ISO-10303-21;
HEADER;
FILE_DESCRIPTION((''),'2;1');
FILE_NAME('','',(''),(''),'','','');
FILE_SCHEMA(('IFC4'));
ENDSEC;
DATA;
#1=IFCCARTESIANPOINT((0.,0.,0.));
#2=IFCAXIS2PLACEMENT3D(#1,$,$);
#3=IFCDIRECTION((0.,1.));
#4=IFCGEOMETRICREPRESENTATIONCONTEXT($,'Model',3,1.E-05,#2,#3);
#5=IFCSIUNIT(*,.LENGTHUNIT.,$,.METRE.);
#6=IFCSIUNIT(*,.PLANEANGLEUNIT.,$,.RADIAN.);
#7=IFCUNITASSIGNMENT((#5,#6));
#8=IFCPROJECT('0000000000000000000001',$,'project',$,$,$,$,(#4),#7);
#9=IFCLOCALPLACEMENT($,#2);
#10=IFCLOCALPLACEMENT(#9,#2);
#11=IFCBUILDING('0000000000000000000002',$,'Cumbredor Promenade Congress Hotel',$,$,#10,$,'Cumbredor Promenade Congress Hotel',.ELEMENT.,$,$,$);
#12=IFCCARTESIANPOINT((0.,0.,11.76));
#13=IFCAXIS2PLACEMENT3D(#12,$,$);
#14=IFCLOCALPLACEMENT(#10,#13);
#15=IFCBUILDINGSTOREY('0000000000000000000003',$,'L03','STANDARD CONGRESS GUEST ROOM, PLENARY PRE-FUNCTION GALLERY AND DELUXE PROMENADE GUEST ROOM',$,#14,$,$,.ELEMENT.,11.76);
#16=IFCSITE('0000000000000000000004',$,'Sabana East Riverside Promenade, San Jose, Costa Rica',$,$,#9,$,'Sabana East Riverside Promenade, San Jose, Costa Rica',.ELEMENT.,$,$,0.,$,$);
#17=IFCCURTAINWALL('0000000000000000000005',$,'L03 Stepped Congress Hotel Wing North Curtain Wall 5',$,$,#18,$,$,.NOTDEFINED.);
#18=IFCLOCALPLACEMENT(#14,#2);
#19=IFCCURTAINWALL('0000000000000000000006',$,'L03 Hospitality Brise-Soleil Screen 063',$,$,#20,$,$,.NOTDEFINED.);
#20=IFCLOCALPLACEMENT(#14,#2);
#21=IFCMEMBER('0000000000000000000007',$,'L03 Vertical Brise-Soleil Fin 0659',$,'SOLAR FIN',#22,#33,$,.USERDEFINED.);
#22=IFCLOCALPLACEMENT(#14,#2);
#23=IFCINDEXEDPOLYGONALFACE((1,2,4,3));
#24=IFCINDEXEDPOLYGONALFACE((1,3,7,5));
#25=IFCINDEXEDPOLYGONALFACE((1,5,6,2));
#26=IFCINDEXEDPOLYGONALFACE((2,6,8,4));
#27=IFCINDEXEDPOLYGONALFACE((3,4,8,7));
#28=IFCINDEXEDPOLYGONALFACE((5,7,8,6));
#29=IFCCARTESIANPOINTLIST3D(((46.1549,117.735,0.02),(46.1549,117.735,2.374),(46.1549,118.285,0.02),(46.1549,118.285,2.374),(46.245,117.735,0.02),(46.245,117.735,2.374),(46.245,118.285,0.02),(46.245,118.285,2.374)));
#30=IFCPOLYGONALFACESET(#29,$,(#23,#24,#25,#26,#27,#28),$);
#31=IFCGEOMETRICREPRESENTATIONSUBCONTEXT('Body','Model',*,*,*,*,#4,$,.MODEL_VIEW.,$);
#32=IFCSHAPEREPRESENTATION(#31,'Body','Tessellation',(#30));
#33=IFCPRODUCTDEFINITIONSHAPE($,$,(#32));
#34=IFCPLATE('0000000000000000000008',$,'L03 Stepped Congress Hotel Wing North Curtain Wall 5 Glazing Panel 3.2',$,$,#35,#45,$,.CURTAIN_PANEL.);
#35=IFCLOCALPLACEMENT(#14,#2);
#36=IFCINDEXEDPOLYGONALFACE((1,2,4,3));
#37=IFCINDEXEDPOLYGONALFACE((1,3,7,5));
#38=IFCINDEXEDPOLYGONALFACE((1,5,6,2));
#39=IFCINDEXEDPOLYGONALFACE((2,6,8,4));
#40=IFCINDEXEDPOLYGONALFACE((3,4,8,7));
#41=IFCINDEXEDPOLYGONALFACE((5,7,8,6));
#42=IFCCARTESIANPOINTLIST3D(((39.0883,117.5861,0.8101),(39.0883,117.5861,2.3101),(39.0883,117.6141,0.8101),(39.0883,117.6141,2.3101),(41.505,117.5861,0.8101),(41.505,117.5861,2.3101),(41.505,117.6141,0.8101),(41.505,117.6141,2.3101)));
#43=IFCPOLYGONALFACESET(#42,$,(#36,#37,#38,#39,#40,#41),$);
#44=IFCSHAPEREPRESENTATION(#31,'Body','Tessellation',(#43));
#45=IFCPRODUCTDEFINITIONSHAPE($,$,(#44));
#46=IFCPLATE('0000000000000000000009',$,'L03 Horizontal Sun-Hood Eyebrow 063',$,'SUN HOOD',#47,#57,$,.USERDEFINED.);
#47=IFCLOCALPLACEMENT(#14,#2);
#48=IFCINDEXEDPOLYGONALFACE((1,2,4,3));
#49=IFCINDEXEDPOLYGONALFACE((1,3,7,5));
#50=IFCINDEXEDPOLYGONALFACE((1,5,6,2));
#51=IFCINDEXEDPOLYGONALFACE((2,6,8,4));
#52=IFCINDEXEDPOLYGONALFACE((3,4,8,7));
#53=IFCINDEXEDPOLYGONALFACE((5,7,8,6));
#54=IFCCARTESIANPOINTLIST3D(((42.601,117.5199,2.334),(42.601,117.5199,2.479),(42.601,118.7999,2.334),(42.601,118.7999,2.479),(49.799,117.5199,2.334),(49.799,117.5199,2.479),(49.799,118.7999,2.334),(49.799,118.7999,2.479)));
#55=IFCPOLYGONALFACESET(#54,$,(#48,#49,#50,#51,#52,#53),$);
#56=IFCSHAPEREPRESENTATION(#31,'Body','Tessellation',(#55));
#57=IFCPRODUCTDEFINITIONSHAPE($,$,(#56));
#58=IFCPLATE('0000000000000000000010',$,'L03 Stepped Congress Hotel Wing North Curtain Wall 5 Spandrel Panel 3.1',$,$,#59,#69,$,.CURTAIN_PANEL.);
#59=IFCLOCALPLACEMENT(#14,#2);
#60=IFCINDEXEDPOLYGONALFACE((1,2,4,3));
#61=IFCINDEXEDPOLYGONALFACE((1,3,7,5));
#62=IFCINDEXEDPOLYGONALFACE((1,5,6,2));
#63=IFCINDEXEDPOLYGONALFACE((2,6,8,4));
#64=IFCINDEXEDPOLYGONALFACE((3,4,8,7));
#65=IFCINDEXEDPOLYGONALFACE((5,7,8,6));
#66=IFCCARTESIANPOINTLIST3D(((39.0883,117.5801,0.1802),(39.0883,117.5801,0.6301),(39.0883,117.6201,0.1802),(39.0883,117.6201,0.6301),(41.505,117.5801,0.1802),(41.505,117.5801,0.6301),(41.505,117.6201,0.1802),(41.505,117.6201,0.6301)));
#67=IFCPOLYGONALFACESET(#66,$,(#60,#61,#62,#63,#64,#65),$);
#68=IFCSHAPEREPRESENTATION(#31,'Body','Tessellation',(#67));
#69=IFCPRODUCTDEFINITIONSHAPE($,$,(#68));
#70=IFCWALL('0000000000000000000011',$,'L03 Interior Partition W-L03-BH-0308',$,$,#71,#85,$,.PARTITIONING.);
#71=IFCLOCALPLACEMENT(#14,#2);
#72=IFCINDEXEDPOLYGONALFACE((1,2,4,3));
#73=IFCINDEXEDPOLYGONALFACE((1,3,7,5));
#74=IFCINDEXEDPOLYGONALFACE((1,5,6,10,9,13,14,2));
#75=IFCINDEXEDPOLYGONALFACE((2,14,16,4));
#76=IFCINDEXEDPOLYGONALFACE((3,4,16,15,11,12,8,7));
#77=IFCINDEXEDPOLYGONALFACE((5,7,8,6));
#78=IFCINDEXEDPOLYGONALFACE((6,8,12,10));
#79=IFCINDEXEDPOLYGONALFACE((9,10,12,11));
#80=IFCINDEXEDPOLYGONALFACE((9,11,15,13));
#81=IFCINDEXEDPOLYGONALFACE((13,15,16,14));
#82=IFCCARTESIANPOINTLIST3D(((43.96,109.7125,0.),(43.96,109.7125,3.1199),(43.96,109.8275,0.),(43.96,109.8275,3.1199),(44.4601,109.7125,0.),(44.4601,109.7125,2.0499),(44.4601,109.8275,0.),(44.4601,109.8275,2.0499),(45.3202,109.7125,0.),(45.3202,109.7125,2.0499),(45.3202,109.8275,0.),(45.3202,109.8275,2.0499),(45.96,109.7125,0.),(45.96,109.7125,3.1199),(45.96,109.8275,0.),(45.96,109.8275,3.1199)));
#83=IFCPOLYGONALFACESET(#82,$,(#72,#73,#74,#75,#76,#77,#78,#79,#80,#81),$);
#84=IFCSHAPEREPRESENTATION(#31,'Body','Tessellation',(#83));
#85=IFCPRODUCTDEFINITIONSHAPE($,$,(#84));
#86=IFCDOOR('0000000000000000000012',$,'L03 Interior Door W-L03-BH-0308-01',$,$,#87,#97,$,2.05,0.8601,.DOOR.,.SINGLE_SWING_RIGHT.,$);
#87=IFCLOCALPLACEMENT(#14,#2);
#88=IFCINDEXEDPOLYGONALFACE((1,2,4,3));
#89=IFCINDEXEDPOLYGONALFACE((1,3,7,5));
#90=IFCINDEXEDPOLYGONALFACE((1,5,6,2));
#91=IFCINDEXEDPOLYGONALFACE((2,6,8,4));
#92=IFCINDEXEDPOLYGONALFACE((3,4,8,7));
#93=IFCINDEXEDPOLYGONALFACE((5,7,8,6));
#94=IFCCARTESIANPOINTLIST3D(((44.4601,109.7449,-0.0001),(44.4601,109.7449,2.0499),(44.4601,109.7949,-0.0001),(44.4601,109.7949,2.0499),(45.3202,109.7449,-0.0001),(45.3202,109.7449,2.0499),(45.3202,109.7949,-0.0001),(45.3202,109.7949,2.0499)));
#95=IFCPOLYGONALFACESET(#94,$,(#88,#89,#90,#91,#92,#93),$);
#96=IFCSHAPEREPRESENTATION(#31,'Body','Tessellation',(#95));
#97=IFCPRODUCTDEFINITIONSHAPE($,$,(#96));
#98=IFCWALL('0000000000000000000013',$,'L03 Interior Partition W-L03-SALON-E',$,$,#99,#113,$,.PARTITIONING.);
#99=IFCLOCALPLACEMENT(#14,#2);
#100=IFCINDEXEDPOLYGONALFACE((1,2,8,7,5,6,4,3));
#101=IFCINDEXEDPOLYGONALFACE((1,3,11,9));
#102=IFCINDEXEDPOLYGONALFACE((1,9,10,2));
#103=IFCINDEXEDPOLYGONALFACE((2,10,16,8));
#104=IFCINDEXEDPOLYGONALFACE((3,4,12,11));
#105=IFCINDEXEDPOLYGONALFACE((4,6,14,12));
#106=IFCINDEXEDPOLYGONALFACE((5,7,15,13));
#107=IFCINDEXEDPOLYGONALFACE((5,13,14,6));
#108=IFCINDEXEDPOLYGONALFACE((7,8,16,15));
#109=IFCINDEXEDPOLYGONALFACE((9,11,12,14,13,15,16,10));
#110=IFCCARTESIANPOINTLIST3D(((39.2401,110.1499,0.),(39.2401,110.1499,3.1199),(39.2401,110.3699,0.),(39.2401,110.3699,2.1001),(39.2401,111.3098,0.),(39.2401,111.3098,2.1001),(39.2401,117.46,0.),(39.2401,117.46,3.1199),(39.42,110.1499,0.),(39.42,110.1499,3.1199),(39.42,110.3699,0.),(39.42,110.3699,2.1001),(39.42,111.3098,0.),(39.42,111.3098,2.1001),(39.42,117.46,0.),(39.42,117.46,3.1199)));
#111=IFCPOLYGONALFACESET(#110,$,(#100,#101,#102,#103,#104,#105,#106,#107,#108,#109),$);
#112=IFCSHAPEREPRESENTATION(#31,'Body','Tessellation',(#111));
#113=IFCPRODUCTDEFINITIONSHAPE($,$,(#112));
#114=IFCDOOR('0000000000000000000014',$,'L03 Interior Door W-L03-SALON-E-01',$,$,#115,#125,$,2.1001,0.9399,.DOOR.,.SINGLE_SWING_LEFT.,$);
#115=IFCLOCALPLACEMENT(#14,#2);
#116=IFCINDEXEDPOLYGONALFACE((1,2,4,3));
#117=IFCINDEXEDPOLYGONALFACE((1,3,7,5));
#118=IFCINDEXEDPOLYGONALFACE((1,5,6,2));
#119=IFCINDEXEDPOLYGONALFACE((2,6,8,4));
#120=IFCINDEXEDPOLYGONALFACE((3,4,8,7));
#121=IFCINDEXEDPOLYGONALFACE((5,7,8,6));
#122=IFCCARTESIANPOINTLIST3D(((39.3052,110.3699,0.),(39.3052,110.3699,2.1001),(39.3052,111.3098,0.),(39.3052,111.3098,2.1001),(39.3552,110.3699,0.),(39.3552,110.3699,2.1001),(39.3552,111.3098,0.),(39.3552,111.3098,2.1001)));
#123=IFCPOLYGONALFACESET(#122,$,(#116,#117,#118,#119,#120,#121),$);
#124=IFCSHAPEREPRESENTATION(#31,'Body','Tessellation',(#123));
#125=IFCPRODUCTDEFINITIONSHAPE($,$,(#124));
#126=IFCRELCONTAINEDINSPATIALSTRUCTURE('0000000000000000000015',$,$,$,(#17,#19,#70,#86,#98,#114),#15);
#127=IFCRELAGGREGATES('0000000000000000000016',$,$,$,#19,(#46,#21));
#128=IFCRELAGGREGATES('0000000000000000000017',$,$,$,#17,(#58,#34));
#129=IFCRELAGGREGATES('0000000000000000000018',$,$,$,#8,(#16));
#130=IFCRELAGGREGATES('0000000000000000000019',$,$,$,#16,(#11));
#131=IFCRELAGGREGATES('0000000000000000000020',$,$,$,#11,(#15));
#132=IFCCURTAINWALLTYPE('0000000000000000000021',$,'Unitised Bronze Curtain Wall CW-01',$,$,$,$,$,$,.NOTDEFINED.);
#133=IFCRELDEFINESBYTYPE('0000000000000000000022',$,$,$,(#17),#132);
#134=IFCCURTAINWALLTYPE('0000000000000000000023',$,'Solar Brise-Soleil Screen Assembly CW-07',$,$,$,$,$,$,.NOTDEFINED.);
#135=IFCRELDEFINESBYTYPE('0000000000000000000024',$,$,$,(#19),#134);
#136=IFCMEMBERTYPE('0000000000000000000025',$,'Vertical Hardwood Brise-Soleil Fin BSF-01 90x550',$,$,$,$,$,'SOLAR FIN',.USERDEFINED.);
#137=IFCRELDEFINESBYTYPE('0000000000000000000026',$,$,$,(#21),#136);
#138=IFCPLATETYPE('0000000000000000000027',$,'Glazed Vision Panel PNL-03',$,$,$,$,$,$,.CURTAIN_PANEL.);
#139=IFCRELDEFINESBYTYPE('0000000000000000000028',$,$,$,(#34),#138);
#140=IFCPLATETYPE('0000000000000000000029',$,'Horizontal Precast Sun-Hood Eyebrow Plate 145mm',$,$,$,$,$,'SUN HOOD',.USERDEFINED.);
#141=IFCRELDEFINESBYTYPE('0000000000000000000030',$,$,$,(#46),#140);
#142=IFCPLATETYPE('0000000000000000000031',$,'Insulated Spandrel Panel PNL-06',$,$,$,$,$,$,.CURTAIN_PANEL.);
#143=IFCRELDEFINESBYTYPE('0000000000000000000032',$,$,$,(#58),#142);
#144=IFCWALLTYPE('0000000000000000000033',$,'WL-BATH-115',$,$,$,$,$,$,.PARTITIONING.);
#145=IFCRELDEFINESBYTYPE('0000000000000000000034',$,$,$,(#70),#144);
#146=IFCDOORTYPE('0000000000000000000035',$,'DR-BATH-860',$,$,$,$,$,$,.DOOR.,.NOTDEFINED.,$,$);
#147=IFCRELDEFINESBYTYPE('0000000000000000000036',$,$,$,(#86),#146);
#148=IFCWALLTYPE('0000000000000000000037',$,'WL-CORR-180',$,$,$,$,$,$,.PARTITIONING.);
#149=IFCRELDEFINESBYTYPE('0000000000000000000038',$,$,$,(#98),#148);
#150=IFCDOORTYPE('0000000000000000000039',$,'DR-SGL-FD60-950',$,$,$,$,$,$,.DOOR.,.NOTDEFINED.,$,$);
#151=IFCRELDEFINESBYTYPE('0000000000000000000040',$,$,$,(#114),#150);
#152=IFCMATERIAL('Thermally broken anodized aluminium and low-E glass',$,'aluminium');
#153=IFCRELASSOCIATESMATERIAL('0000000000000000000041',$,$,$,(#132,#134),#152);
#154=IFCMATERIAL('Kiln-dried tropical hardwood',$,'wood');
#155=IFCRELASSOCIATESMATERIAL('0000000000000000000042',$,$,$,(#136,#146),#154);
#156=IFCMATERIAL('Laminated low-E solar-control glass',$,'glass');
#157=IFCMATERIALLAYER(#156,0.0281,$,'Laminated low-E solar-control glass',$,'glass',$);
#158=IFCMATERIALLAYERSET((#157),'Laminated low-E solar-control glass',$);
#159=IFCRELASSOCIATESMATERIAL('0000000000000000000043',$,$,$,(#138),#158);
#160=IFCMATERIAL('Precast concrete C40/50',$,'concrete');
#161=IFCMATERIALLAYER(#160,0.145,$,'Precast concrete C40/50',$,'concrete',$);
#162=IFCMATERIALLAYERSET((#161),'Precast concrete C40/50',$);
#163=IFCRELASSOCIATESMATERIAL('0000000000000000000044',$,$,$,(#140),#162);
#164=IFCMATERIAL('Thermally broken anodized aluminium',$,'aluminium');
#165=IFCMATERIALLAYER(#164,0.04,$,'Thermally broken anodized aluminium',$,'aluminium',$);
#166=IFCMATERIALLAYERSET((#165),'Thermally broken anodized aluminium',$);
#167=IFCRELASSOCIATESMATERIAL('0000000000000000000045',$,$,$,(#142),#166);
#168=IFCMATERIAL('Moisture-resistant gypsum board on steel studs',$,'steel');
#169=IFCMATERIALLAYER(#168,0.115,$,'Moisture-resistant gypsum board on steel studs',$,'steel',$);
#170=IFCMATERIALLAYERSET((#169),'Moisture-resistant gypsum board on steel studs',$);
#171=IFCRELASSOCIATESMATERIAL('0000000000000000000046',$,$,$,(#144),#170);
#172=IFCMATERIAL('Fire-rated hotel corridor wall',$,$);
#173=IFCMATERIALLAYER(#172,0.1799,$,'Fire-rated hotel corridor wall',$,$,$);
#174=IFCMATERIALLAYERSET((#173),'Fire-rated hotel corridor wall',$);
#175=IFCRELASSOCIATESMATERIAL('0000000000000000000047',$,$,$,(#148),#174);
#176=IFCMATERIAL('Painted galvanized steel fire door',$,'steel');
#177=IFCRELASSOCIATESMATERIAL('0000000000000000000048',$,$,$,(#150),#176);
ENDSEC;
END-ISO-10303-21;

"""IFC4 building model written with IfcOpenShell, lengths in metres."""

from ifc_helpers import new_model, si_unit, direction, frame, frame_2d, origin, origin_2d, place, context, subcontext, project, spatial, rectangle, extrude, material, layer, layer_set, material_profile, profile_set, type_object, element, fill, aggregate, save


model = new_model("IFC4")

# Units and contexts
model_context = context("Model", 3, precision=1e-05, world=origin(), true_north=direction((0.0, 1.0)))
body_context = subcontext(model_context, "Body", "Model", "MODEL_VIEW")
ifc_project = project(units=[si_unit("LENGTHUNIT", "METRE"), si_unit("PLANEANGLEUNIT", "RADIAN")], contexts=[model_context])

# Site, building, storey
site_placement = place(None, origin())
site = spatial("IfcSite", under=ifc_project, at=site_placement, Name="Sabana East Riverside Promenade, San Jose, Costa Rica", LongName="Sabana East Riverside Promenade, San Jose, Costa Rica", CompositionType="ELEMENT", RefElevation=0.0)
building_placement = place(site_placement, origin())
building = spatial("IfcBuilding", under=site, at=building_placement, Name="Cumbredor Promenade Congress Hotel", LongName="Cumbredor Promenade Congress Hotel", CompositionType="ELEMENT")
storey_placement = place(building_placement, frame((0.0, 0.0, 11.76)))
storey = spatial("IfcBuildingStorey", under=building, at=storey_placement, Name="L03", Description="STANDARD CONGRESS GUEST ROOM, PLENARY PRE-FUNCTION GALLERY AND DELUXE PROMENADE GUEST ROOM", CompositionType="ELEMENT", Elevation=11.76)

# Curtain walls
ifc_material_1 = material(Name="Thermally broken anodized aluminium and low-E glass", Category="aluminium")
curtain_wall_type_1 = type_object("IfcCurtainWallType", Name="Unitised Bronze Curtain Wall CW-01", PredefinedType="NOTDEFINED", material=ifc_material_1)
curtain_wall_1_placement = place(storey_placement, origin())
curtain_wall_1 = element("IfcCurtainWall", 1, at=curtain_wall_1_placement, inside=storey, type_object=curtain_wall_type_1, Name="L03 Stepped Congress Hotel Wing North Curtain Wall 5", PredefinedType="NOTDEFINED")
ifc_material_2 = material(Name="Thermally broken anodized aluminium", Category="aluminium")
curtain_wall_type_2 = type_object("IfcCurtainWallType", Name="Solar Brise-Soleil Screen Assembly CW-07", PredefinedType="NOTDEFINED", material=ifc_material_1)
curtain_wall_2_placement = place(storey_placement, origin())
curtain_wall_2 = element("IfcCurtainWall", 2, at=curtain_wall_2_placement, inside=storey, type_object=curtain_wall_type_2, Name="L03 Hospitality Brise-Soleil Screen 063", PredefinedType="NOTDEFINED")

# Member
ifc_material_3 = material(Name="Kiln-dried tropical hardwood", Category="wood")
ifc_material_profile_1 = material_profile(ifc_material_3, rectangle(XDim=0.0901, YDim=0.55, at=origin_2d()), Name="ARCH FIN 90x550")
ifc_profile_set_1 = profile_set([ifc_material_profile_1], Name="Kiln-dried tropical hardwood")
member_type_1 = type_object("IfcMemberType", Name="Vertical Hardwood Brise-Soleil Fin BSF-01 90x550", ElementType="SOLAR FIN", PredefinedType="USERDEFINED", material=ifc_profile_set_1)
member_1_placement = place(storey_placement, frame((46.2, 118.01, 0.02), z_axis=(0.0, 0.0, 1.0), x_axis=(1.0, 0.0, 0.0)))
member_1 = element("IfcMember", 3, at=member_1_placement, type_object=member_type_1, Name="L03 Vertical Brise-Soleil Fin 0659", ObjectType="SOLAR FIN", PredefinedType="USERDEFINED", context=body_context, shape_type="SweptSolid", body=[
    extrude(rectangle(XDim=0.0901, YDim=0.55, at=origin_2d()), origin(), (0.0, 0.0, 1.0), 2.354),
])

# Plates
ifc_material_4 = material(Name="Laminated low-E solar-control glass", Category="glass")
ifc_layer_1 = layer(ifc_material_4, 0.0281, Name="Laminated low-E solar-control glass", Category="glass")
ifc_layer_set_1 = layer_set([ifc_layer_1], Name="Laminated low-E solar-control glass")
plate_type_1 = type_object("IfcPlateType", Name="Glazed Vision Panel PNL-03", PredefinedType="CURTAIN_PANEL", material=ifc_layer_set_1)
plate_1_placement = place(storey_placement, frame((40.2966, 117.6001, 0.8101), z_axis=(0.0, 0.0, 1.0), x_axis=(1.0, 0.0, 0.0)))
plate_1 = element("IfcPlate", 4, at=plate_1_placement, type_object=plate_type_1, Name="L03 Stepped Congress Hotel Wing North Curtain Wall 5 Glazing Panel 3.2", PredefinedType="CURTAIN_PANEL", context=body_context, shape_type="SweptSolid", body=[
    extrude(rectangle(XDim=2.4167, YDim=0.0281, at=origin_2d()), origin(), (0.0, 0.0, 1.0), 1.5),
])
ifc_material_5 = material(Name="Precast concrete C40/50", Category="concrete")
ifc_layer_2 = layer(ifc_material_5, 0.145, Name="Precast concrete C40/50", Category="concrete")
ifc_layer_set_2 = layer_set([ifc_layer_2], Name="Precast concrete C40/50")
plate_type_2 = type_object("IfcPlateType", Name="Horizontal Precast Sun-Hood Eyebrow Plate 145mm", ElementType="SUN HOOD", PredefinedType="USERDEFINED", material=ifc_layer_set_2)
plate_2_placement = place(storey_placement, frame((46.2, 118.1599, 2.334), z_axis=(0.0, 0.0, 1.0), x_axis=(1.0, 0.0, 0.0)))
plate_2 = element("IfcPlate", 5, at=plate_2_placement, type_object=plate_type_2, Name="L03 Horizontal Sun-Hood Eyebrow 063", ObjectType="SUN HOOD", PredefinedType="USERDEFINED", context=body_context, shape_type="SweptSolid", body=[
    extrude(rectangle(XDim=7.198, YDim=1.28, at=origin_2d()), origin(), (0.0, 0.0, 1.0), 0.145),
])
aggregate(curtain_wall_2, [plate_2, member_1])
ifc_layer_3 = layer(ifc_material_2, 0.04, Name="Thermally broken anodized aluminium", Category="aluminium")
ifc_layer_set_3 = layer_set([ifc_layer_3], Name="Thermally broken anodized aluminium")
plate_type_3 = type_object("IfcPlateType", Name="Insulated Spandrel Panel PNL-06", PredefinedType="CURTAIN_PANEL", material=ifc_layer_set_3)
plate_3_placement = place(storey_placement, frame((40.2966, 117.6001, 0.1802), z_axis=(0.0, 0.0, 1.0), x_axis=(1.0, 0.0, 0.0)))
plate_3 = element("IfcPlate", 6, at=plate_3_placement, type_object=plate_type_3, Name="L03 Stepped Congress Hotel Wing North Curtain Wall 5 Spandrel Panel 3.1", PredefinedType="CURTAIN_PANEL", context=body_context, shape_type="SweptSolid", body=[
    extrude(rectangle(XDim=2.4167, YDim=0.04, at=origin_2d()), origin(), (0.0, 0.0, 1.0), 0.45),
])
aggregate(curtain_wall_1, [plate_3, plate_1])

# Walls, openings, doors
ifc_material_6 = material(Name="Moisture-resistant gypsum board on steel studs", Category="steel")
ifc_layer_4 = layer(ifc_material_6, 0.115, Name="Moisture-resistant gypsum board on steel studs", Category="steel")
ifc_layer_set_4 = layer_set([ifc_layer_4], Name="Moisture-resistant gypsum board on steel studs")
wall_type_1 = type_object("IfcWallType", Name="WL-BATH-115", PredefinedType="PARTITIONING", material=ifc_layer_set_4)
wall_1_placement = place(storey_placement, frame((43.96, 109.77, 0.0), z_axis=(0.0, 0.0, 1.0), x_axis=(1.0, 0.0, 0.0)))
wall_1 = element("IfcWall", 7, at=wall_1_placement, inside=storey, type_object=wall_type_1, Name="L03 Interior Partition W-L03-BH-0308", PredefinedType="PARTITIONING", context=body_context, shape_type="SweptSolid", body=[
    extrude(rectangle(XDim=2.0, YDim=0.115, at=frame_2d((1.0, 0.0))), origin(), (0.0, 0.0, 1.0), 3.1199),
])
opening_1_placement = place(wall_1_placement, frame((0.5, 0.0, 0.0)))
opening_1 = element("IfcOpeningElement", 8, at=opening_1_placement, cuts=wall_1, PredefinedType="OPENING", context=body_context, shape_type="SweptSolid", body=[
    extrude(rectangle(XDim=0.8601, YDim=2.05, at=frame_2d((0.4302, 1.0249))), frame((0.0, 0.0674, 0.0), z_axis=(0.0, -1.0, 0.0), x_axis=(1.0, 0.0, 0.0)), (0.0, 0.0, 1.0), 0.135),
])
door_type_1 = type_object("IfcDoorType", Name="DR-BATH-860", OperationType="NOTDEFINED", PredefinedType="DOOR", material=ifc_material_3)
door_1_placement = place(opening_1_placement, origin())
door_1 = element("IfcDoor", 9, at=door_1_placement, inside=storey, type_object=door_type_1, Name="L03 Interior Door W-L03-BH-0308-01", OperationType="SINGLE_SWING_RIGHT", OverallHeight=2.05, OverallWidth=0.8601, PredefinedType="DOOR", context=body_context, shape_type="SweptSolid", body=[
    extrude(rectangle(XDim=0.8601, YDim=2.05, at=frame_2d((0.4302, 1.0249))), frame((0.0, 0.0249, 0.0), z_axis=(0.0, -1.0, 0.0), x_axis=(1.0, 0.0, 0.0)), (0.0, 0.0, 1.0), 0.05),
])
fill(opening_1, door_1)
ifc_material_7 = material(Name="Fire-rated hotel corridor wall")
ifc_layer_5 = layer(ifc_material_7, 0.1799, Name="Fire-rated hotel corridor wall")
ifc_layer_set_5 = layer_set([ifc_layer_5], Name="Fire-rated hotel corridor wall")
wall_type_2 = type_object("IfcWallType", Name="WL-CORR-180", PredefinedType="PARTITIONING", material=ifc_layer_set_5)
wall_2_placement = place(storey_placement, frame((39.3301, 110.1499, 0.0), z_axis=(0.0, 0.0, 1.0), x_axis=(0.0, 1.0, 0.0)))
wall_2 = element("IfcWall", 10, at=wall_2_placement, inside=storey, type_object=wall_type_2, Name="L03 Interior Partition W-L03-SALON-E", PredefinedType="PARTITIONING", context=body_context, shape_type="SweptSolid", body=[
    extrude(rectangle(XDim=7.3101, YDim=0.1799, at=frame_2d((3.655, 0.0))), origin(), (0.0, 0.0, 1.0), 3.1199),
])
opening_2_placement = place(wall_2_placement, frame((0.22, 0.0, 0.0)))
opening_2 = element("IfcOpeningElement", 11, at=opening_2_placement, cuts=wall_2, PredefinedType="OPENING", context=body_context, shape_type="SweptSolid", body=[
    extrude(rectangle(XDim=0.9399, YDim=2.1001, at=frame_2d((0.47, 1.05))), frame((0.0, 0.1001, 0.0), z_axis=(0.0, -1.0, 0.0), x_axis=(1.0, 0.0, 0.0)), (0.0, 0.0, 1.0), 0.2),
])
ifc_material_8 = material(Name="Painted galvanized steel fire door", Category="steel")
door_type_2 = type_object("IfcDoorType", Name="DR-SGL-FD60-950", OperationType="NOTDEFINED", PredefinedType="DOOR", material=ifc_material_8)
door_2_placement = place(opening_2_placement, origin())
door_2 = element("IfcDoor", 12, at=door_2_placement, inside=storey, type_object=door_type_2, Name="L03 Interior Door W-L03-SALON-E-01", OperationType="SINGLE_SWING_LEFT", OverallHeight=2.1001, OverallWidth=0.9399, PredefinedType="DOOR", context=body_context, shape_type="SweptSolid", body=[
    extrude(rectangle(XDim=0.9399, YDim=2.1001, at=frame_2d((0.47, 1.05))), frame((0.0, 0.0249, 0.0), z_axis=(0.0, -1.0, 0.0), x_axis=(1.0, 0.0, 0.0)), (0.0, 0.0, 1.0), 0.05),
])
fill(opening_2, door_2)

save(model, "model.ifc")
